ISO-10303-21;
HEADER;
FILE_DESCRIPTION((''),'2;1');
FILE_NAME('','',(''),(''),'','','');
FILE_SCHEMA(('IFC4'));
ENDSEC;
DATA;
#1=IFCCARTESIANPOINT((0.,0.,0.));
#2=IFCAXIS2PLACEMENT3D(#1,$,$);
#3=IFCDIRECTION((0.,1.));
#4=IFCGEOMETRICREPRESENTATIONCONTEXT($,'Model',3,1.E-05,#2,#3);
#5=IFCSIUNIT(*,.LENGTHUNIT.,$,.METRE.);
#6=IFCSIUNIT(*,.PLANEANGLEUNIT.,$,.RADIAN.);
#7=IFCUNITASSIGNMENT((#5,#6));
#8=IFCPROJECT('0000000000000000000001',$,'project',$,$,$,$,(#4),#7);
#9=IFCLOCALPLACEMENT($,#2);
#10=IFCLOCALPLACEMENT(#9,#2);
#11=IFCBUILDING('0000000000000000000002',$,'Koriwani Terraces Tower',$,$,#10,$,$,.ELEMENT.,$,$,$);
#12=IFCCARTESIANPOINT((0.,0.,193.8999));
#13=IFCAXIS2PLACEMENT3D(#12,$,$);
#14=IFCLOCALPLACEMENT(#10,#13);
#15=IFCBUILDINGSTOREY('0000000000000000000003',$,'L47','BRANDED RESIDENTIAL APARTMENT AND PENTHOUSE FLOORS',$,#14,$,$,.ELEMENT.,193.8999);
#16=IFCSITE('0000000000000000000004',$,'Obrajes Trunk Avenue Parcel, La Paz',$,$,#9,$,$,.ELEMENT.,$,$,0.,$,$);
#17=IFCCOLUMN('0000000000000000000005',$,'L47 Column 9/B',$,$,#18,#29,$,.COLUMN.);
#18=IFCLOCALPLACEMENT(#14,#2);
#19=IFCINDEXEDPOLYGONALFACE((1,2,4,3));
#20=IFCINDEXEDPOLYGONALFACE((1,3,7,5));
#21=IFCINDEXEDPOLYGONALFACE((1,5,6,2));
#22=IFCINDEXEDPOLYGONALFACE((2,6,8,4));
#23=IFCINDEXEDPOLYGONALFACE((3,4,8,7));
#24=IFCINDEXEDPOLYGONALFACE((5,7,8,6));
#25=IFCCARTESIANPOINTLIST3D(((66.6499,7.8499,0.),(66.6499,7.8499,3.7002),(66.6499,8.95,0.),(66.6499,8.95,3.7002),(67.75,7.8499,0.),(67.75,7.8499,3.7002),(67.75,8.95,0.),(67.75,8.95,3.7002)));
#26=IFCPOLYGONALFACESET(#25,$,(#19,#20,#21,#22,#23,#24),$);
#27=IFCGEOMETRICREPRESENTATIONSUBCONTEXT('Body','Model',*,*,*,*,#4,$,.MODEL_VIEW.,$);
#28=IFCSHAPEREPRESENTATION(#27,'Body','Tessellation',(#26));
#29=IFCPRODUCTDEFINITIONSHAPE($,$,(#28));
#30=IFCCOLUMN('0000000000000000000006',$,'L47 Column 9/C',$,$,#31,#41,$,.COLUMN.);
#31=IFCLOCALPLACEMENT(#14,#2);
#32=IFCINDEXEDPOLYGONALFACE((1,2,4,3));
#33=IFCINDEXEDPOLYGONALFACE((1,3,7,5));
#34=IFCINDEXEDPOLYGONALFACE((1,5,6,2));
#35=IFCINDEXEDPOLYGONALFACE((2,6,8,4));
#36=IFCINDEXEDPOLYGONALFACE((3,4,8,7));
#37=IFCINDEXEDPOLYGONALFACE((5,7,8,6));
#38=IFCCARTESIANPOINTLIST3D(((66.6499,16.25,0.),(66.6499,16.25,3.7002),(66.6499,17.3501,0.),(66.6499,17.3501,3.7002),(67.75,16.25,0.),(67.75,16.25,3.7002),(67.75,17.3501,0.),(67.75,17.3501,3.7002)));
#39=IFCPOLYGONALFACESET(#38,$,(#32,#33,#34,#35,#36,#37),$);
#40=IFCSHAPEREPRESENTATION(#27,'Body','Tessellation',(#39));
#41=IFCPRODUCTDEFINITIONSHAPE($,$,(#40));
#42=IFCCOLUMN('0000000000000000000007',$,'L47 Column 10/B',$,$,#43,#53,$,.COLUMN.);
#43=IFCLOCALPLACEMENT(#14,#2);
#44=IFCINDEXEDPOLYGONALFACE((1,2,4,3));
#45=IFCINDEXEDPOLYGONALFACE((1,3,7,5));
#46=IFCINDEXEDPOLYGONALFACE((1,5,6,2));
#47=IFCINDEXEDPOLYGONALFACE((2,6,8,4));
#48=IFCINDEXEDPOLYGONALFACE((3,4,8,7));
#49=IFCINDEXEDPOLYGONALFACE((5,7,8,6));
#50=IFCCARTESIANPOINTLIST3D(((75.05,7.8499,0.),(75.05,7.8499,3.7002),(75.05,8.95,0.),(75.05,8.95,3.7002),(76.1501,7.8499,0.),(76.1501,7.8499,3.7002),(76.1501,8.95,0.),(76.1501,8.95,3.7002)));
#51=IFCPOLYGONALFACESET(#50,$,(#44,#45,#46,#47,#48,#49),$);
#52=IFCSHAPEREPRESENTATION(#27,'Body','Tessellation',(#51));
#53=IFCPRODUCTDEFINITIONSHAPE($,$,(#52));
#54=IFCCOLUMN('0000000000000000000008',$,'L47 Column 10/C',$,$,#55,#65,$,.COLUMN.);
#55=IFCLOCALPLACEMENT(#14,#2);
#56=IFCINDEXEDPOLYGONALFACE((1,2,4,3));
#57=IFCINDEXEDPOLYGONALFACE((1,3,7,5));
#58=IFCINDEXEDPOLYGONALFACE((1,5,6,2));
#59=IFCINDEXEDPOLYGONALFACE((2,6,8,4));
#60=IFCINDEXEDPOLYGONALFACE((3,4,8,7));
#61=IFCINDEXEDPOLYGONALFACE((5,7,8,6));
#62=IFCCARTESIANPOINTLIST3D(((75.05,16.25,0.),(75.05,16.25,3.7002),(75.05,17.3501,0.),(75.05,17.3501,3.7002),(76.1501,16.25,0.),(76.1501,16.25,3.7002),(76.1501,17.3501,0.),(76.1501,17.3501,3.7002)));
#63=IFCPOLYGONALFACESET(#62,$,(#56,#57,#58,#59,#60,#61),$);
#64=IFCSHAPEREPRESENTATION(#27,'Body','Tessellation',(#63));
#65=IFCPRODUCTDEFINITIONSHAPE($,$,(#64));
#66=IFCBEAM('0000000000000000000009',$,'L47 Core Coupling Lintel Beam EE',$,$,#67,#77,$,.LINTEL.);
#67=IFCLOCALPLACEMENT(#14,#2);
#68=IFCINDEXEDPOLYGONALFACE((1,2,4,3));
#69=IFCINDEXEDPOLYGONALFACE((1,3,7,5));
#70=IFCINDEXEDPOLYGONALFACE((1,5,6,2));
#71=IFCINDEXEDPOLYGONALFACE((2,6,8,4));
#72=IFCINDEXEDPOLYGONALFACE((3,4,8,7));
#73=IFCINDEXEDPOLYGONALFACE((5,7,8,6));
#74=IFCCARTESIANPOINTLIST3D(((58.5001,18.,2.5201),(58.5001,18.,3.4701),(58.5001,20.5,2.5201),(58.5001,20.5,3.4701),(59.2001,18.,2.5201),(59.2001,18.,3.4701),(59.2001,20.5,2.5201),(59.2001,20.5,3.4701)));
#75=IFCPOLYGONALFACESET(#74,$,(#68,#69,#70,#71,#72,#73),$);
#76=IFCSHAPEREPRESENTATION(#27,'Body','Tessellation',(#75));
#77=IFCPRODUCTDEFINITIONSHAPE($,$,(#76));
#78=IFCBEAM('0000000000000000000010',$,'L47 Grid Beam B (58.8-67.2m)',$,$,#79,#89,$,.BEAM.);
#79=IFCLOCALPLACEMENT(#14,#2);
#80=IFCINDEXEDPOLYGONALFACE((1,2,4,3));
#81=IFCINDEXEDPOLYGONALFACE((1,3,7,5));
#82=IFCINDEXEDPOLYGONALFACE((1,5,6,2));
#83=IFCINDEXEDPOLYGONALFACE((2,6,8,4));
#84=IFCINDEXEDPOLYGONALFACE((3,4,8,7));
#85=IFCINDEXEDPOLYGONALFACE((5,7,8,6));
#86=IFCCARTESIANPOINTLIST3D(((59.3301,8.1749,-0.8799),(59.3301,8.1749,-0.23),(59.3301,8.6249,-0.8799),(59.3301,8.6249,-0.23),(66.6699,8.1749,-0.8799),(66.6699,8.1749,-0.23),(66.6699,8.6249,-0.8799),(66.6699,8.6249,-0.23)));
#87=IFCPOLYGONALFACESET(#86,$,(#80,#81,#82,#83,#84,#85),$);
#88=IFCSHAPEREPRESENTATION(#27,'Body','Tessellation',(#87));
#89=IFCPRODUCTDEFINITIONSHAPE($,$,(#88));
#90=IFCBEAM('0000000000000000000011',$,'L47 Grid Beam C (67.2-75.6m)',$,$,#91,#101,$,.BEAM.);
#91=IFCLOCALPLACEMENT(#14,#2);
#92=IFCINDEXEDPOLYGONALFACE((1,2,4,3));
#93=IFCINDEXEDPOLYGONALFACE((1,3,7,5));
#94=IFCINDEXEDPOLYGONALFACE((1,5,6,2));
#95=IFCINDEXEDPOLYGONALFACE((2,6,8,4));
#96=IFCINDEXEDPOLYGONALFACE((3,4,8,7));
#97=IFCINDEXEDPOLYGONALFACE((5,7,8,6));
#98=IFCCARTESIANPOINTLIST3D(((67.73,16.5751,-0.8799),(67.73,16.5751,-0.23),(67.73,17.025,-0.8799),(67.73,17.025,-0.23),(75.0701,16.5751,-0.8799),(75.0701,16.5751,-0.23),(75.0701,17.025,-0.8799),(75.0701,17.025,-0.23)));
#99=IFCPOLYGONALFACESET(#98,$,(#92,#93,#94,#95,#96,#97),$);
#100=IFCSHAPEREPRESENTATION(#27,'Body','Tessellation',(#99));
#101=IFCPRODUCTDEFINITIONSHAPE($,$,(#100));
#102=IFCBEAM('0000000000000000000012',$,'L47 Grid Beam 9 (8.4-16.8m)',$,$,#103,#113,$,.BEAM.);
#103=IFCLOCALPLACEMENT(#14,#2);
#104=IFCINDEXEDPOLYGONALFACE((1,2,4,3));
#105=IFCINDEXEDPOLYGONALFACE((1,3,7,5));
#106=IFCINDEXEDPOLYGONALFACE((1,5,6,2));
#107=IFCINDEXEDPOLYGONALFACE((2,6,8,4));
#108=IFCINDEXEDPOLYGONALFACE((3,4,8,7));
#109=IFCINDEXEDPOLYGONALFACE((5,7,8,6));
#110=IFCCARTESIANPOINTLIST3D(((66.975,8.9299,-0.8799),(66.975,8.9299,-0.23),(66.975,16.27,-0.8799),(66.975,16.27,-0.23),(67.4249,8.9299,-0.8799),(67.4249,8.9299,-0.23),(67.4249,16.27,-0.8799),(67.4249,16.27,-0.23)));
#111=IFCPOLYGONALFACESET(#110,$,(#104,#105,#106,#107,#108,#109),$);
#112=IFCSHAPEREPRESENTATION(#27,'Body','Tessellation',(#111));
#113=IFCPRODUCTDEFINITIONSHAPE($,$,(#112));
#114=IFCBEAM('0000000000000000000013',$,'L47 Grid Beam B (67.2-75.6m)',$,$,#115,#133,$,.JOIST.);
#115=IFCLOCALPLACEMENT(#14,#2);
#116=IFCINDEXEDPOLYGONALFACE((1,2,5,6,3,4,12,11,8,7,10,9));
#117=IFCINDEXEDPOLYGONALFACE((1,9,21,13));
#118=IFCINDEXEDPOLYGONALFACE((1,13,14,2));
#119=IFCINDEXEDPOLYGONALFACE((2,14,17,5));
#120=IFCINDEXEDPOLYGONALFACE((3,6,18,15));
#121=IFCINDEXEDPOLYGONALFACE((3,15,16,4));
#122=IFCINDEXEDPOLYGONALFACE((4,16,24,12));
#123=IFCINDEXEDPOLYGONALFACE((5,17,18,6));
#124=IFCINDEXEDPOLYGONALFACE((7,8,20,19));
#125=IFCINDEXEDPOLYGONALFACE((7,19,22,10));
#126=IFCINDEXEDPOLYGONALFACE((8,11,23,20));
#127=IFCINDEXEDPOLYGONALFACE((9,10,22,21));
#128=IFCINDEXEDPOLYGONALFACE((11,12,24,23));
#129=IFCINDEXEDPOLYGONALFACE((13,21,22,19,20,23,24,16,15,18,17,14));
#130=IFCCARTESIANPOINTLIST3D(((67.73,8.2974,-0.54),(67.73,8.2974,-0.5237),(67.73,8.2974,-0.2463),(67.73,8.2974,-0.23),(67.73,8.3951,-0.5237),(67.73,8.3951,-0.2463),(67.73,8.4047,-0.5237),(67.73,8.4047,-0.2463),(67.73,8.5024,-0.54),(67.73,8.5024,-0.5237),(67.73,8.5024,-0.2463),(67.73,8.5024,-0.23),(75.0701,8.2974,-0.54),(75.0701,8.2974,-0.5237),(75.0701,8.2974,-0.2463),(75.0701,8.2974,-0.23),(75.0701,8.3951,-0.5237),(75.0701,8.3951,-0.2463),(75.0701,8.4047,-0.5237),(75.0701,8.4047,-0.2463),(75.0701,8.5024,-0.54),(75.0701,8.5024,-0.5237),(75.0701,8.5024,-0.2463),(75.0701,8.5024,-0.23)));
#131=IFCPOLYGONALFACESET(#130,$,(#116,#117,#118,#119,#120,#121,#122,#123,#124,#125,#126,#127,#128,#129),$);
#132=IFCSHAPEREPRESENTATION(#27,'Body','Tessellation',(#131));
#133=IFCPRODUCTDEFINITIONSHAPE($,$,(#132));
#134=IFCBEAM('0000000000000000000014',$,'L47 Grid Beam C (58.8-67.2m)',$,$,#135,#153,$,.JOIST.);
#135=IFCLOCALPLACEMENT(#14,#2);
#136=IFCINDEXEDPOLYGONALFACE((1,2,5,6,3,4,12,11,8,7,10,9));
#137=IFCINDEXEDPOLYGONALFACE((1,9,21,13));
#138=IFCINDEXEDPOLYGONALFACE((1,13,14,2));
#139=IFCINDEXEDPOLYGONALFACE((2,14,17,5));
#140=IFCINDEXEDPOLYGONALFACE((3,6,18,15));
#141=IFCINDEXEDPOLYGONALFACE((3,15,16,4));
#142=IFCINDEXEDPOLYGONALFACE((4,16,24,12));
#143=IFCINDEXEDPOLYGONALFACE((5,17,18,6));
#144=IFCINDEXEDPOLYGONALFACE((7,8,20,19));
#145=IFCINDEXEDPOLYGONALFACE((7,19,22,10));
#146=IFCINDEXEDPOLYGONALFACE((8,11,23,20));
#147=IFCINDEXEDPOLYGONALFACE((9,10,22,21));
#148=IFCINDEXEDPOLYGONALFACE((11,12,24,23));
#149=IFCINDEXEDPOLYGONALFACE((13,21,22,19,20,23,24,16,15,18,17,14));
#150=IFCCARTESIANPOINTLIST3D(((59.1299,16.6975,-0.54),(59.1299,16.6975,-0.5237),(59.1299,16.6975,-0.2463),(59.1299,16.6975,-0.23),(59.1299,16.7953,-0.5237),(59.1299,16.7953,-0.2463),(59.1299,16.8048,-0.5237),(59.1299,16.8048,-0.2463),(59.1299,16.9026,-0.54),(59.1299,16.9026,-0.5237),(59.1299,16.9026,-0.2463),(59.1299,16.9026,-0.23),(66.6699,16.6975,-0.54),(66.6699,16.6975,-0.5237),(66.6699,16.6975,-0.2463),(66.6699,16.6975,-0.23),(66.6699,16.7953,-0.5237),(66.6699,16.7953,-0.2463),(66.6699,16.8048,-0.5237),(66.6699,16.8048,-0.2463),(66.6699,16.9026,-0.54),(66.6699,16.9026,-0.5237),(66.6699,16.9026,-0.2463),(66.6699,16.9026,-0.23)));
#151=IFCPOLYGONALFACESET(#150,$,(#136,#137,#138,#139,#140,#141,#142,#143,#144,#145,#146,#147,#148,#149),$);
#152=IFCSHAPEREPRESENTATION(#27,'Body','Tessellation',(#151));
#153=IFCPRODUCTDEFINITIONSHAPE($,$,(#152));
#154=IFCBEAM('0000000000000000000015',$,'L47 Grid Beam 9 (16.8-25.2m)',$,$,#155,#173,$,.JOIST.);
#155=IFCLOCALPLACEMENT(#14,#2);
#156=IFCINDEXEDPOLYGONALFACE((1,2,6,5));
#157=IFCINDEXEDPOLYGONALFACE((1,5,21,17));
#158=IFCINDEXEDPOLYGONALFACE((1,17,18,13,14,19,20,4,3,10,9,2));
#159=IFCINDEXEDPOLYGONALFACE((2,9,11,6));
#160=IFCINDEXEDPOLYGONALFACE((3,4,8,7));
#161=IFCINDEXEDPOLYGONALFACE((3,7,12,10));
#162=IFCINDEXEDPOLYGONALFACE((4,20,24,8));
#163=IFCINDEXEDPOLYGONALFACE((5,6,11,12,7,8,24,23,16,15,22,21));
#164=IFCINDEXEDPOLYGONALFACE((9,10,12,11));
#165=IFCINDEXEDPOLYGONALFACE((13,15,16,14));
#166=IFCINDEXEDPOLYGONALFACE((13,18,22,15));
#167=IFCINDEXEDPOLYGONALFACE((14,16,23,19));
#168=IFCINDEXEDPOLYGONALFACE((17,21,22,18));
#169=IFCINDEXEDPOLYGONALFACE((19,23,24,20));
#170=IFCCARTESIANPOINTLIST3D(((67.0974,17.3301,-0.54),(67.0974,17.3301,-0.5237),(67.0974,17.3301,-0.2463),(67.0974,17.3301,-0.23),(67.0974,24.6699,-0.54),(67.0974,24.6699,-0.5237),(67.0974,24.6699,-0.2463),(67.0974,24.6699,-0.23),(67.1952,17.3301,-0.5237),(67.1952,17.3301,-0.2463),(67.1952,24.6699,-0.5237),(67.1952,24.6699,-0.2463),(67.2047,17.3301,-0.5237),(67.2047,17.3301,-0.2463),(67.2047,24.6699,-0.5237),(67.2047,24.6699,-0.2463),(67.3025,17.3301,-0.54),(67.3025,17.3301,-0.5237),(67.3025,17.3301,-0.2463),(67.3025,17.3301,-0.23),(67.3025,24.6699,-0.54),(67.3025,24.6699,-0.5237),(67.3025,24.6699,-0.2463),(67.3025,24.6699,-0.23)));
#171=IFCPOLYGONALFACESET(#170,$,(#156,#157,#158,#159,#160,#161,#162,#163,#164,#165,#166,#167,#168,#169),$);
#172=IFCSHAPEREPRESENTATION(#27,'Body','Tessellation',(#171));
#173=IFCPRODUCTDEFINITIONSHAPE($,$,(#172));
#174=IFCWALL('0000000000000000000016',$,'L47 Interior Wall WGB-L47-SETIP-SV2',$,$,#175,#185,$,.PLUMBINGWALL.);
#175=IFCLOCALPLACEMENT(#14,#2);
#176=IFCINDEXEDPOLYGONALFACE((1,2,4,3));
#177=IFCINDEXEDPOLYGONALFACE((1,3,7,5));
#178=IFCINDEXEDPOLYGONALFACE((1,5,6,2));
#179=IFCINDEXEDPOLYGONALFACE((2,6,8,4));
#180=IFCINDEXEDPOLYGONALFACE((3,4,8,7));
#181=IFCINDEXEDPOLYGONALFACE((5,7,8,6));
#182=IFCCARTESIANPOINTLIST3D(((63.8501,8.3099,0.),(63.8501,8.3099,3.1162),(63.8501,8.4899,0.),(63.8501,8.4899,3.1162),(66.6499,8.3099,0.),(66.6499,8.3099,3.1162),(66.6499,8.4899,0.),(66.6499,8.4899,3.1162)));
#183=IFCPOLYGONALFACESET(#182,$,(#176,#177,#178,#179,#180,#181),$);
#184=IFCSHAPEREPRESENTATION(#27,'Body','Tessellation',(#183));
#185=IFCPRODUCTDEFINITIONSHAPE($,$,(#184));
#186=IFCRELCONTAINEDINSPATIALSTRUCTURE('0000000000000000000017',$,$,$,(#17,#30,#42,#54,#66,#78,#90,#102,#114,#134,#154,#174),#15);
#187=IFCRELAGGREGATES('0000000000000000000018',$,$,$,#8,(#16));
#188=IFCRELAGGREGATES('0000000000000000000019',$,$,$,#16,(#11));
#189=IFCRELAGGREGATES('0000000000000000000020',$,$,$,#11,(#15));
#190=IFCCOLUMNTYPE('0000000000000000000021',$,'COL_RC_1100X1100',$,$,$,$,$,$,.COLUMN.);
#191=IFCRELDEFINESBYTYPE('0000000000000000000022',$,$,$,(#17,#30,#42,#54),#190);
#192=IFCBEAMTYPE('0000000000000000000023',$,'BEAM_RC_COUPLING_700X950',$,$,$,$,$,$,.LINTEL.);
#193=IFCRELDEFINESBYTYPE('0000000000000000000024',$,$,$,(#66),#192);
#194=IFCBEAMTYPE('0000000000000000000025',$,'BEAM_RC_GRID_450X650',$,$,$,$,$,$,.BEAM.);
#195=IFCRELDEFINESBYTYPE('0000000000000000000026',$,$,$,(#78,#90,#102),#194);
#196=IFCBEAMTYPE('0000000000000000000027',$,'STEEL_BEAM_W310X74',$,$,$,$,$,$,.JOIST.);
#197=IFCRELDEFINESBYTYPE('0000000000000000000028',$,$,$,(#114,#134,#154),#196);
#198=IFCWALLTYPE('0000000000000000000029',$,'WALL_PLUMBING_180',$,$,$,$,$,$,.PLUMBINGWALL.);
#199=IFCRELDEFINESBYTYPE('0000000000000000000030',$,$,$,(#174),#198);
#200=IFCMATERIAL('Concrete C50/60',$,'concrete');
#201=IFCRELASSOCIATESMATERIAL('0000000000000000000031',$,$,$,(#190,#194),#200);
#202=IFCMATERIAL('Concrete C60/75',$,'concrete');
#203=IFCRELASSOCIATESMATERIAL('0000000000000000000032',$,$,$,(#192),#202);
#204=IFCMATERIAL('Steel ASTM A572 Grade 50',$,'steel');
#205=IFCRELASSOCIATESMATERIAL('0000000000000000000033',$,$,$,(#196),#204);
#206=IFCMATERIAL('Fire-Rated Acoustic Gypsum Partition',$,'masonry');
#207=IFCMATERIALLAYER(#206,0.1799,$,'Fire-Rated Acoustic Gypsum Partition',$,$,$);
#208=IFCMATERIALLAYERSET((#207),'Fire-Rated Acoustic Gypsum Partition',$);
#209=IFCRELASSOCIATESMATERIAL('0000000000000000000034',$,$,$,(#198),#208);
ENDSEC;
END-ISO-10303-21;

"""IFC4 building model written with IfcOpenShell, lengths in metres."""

from ifc_helpers import new_model, si_unit, direction, frame, frame_2d, origin, origin_2d, place, context, subcontext, project, spatial, rectangle, i_section, extrude, material, layer, layer_set, material_profile, profile_set, type_object, element, save


model = new_model("IFC4")

# Units and contexts
model_context = context("Model", 3, precision=1e-05, world=origin(), true_north=direction((0.0, 1.0)))
body_context = subcontext(model_context, "Body", "Model", "MODEL_VIEW")
ifc_project = project(units=[si_unit("LENGTHUNIT", "METRE"), si_unit("PLANEANGLEUNIT", "RADIAN")], contexts=[model_context])

# Site, building, storey
site_placement = place(None, origin())
site = spatial("IfcSite", under=ifc_project, at=site_placement, Name="Obrajes Trunk Avenue Parcel, La Paz", CompositionType="ELEMENT", RefElevation=0.0)
building_placement = place(site_placement, origin())
building = spatial("IfcBuilding", under=site, at=building_placement, Name="Koriwani Terraces Tower", CompositionType="ELEMENT")
storey_placement = place(building_placement, frame((0.0, 0.0, 193.8999)))
storey = spatial("IfcBuildingStorey", under=building, at=storey_placement, Name="L47", Description="BRANDED RESIDENTIAL APARTMENT AND PENTHOUSE FLOORS", CompositionType="ELEMENT", Elevation=193.8999)

# Columns
ifc_material_1 = material(Name="Concrete C50/60", Category="concrete")
ifc_material_profile_1 = material_profile(ifc_material_1, rectangle(XDim=1.1001, YDim=1.1001, at=origin_2d()), Name="Concrete C50/60", Category="LoadBearing")
ifc_profile_set_1 = profile_set([ifc_material_profile_1], Name="Concrete C50/60")
column_type = type_object("IfcColumnType", Name="COL_RC_1100X1100", PredefinedType="COLUMN", material=ifc_profile_set_1)
for number, where, z_axis, x_axis, name in (
    (1, (67.2, 8.3999, 0.0), (0.0, 0.0, 1.0), (1.0, 0.0, 0.0), "L47 Column 9/B"),
    (2, (67.2, 16.8, 0.0), (0.0, 0.0, 1.0), (1.0, 0.0, 0.0), "L47 Column 9/C"),
    (3, (75.6001, 8.3999, 0.0), (0.0, 0.0, 1.0), (1.0, 0.0, 0.0), "L47 Column 10/B"),
    (4, (75.6001, 16.8, 0.0), (0.0, 0.0, 1.0), (1.0, 0.0, 0.0), "L47 Column 10/C"),
):
    element("IfcColumn", number, at=place(storey_placement, frame(where, z_axis=z_axis, x_axis=x_axis)), inside=storey, type_object=column_type, Name=name, PredefinedType="COLUMN", context=body_context, shape_type="SweptSolid", body=[
        extrude(rectangle(XDim=1.1001, YDim=1.1001, at=origin_2d()), origin(), (0.0, 0.0, 1.0), 3.7002),
    ])

# Beams
ifc_material_2 = material(Name="Concrete C60/75", Category="concrete")
ifc_material_profile_2 = material_profile(ifc_material_2, rectangle(XDim=0.7, YDim=0.95, at=origin_2d()), Name="Concrete C60/75", Category="LoadBearing")
ifc_profile_set_2 = profile_set([ifc_material_profile_2], Name="Concrete C60/75")
beam_type_1 = type_object("IfcBeamType", Name="BEAM_RC_COUPLING_700X950", PredefinedType="LINTEL", material=ifc_profile_set_2)
beam_1_placement = place(storey_placement, frame((58.8501, 18.0, 2.9951), z_axis=(0.0, 1.0, 0.0), x_axis=(-1.0, 0.0, 0.0)))
element("IfcBeam", 5, at=beam_1_placement, inside=storey, type_object=beam_type_1, Name="L47 Core Coupling Lintel Beam EE", PredefinedType="LINTEL", context=body_context, shape_type="SweptSolid", body=[
    extrude(rectangle(XDim=0.7, YDim=0.95, at=origin_2d()), origin(), (0.0, 0.0, 1.0), 2.5),
])
ifc_material_profile_3 = material_profile(ifc_material_1, rectangle(XDim=0.45, YDim=0.6499, at=origin_2d()), Name="Concrete C50/60", Category="LoadBearing")
ifc_profile_set_3 = profile_set([ifc_material_profile_3], Name="Concrete C50/60")
beam_type_2 = type_object("IfcBeamType", Name="BEAM_RC_GRID_450X650", PredefinedType="BEAM", material=ifc_profile_set_3)
beam_2_placement = place(storey_placement, frame((59.3301, 8.3999, -0.5549), z_axis=(1.0, 0.0, 0.0), x_axis=(0.0, 1.0, 0.0)))
element("IfcBeam", 6, at=beam_2_placement, inside=storey, type_object=beam_type_2, Name="L47 Grid Beam B (58.8-67.2m)", PredefinedType="BEAM", context=body_context, shape_type="SweptSolid", body=[
    extrude(rectangle(XDim=0.45, YDim=0.6499, at=origin_2d()), origin(), (0.0, 0.0, 1.0), 7.3398),
])
for number, where, z_axis, x_axis, name in (
    (7, (67.73, 16.8, -0.5549), (1.0, 0.0, 0.0), (0.0, 1.0, 0.0), "L47 Grid Beam C (67.2-75.6m)"),
    (8, (67.2, 8.9299, -0.5549), (0.0, 1.0, 0.0), (-1.0, 0.0, 0.0), "L47 Grid Beam 9 (8.4-16.8m)"),
):
    element("IfcBeam", number, at=place(storey_placement, frame(where, z_axis=z_axis, x_axis=x_axis)), inside=storey, type_object=beam_type_2, Name=name, PredefinedType="BEAM", context=body_context, shape_type="SweptSolid", body=[
        extrude(rectangle(XDim=0.45, YDim=0.6499, at=origin_2d()), origin(), (0.0, 0.0, 1.0), 7.3401),
    ])
ifc_material_3 = material(Name="Steel ASTM A572 Grade 50", Category="steel")
ifc_material_profile_4 = material_profile(ifc_material_3, i_section(OverallWidth=0.2051, OverallDepth=0.3101, WebThickness=0.0095, FlangeThickness=0.0164, at=origin_2d()), Name="Steel ASTM A572 Grade 50", Category="LoadBearing")
ifc_profile_set_4 = profile_set([ifc_material_profile_4], Name="Steel ASTM A572 Grade 50")
beam_type_3 = type_object("IfcBeamType", Name="STEEL_BEAM_W310X74", PredefinedType="JOIST", material=ifc_profile_set_4)
beam_3_placement = place(storey_placement, frame((67.73, 8.3999, -0.385), z_axis=(1.0, 0.0, 0.0), x_axis=(0.0, 1.0, 0.0)))
element("IfcBeam", 9, at=beam_3_placement, inside=storey, type_object=beam_type_3, Name="L47 Grid Beam B (67.2-75.6m)", PredefinedType="JOIST", context=body_context, shape_type="SweptSolid", body=[
    extrude(i_section(OverallWidth=0.2051, OverallDepth=0.3101, WebThickness=0.0095, FlangeThickness=0.0164, at=origin_2d()), origin(), (0.0, 0.0, 1.0), 7.3401),
])
beam_4_placement = place(storey_placement, frame((59.1299, 16.8, -0.385), z_axis=(1.0, 0.0, 0.0), x_axis=(0.0, 1.0, 0.0)))
element("IfcBeam", 10, at=beam_4_placement, inside=storey, type_object=beam_type_3, Name="L47 Grid Beam C (58.8-67.2m)", PredefinedType="JOIST", context=body_context, shape_type="SweptSolid", body=[
    extrude(i_section(OverallWidth=0.2051, OverallDepth=0.3101, WebThickness=0.0095, FlangeThickness=0.0164, at=origin_2d()), origin(), (0.0, 0.0, 1.0), 7.54),
])
beam_5_placement = place(storey_placement, frame((67.2, 17.3301, -0.385), z_axis=(0.0, 1.0, 0.0), x_axis=(-1.0, 0.0, 0.0)))
element("IfcBeam", 11, at=beam_5_placement, inside=storey, type_object=beam_type_3, Name="L47 Grid Beam 9 (16.8-25.2m)", PredefinedType="JOIST", context=body_context, shape_type="SweptSolid", body=[
    extrude(i_section(OverallWidth=0.2051, OverallDepth=0.3101, WebThickness=0.0095, FlangeThickness=0.0164, at=origin_2d()), origin(), (0.0, 0.0, 1.0), 7.3398),
])

# Wall
ifc_material_4 = material(Name="Fire-Rated Acoustic Gypsum Partition", Category="masonry")
ifc_layer = layer(ifc_material_4, 0.1799, Name="Fire-Rated Acoustic Gypsum Partition")
ifc_layer_set = layer_set([ifc_layer], Name="Fire-Rated Acoustic Gypsum Partition")
wall_type = type_object("IfcWallType", Name="WALL_PLUMBING_180", PredefinedType="PLUMBINGWALL", material=ifc_layer_set)
wall_placement = place(storey_placement, frame((63.8501, 8.3999, 0.0), z_axis=(0.0, 0.0, 1.0), x_axis=(1.0, 0.0, 0.0)))
element("IfcWall", 12, at=wall_placement, inside=storey, type_object=wall_type, Name="L47 Interior Wall WGB-L47-SETIP-SV2", PredefinedType="PLUMBINGWALL", context=body_context, shape_type="SweptSolid", body=[
    extrude(rectangle(XDim=2.7998, YDim=0.1799, at=frame_2d((1.3999, 0.0))), origin(), (0.0, 0.0, 1.0), 3.1162),
])

save(model, "model.ifc")
